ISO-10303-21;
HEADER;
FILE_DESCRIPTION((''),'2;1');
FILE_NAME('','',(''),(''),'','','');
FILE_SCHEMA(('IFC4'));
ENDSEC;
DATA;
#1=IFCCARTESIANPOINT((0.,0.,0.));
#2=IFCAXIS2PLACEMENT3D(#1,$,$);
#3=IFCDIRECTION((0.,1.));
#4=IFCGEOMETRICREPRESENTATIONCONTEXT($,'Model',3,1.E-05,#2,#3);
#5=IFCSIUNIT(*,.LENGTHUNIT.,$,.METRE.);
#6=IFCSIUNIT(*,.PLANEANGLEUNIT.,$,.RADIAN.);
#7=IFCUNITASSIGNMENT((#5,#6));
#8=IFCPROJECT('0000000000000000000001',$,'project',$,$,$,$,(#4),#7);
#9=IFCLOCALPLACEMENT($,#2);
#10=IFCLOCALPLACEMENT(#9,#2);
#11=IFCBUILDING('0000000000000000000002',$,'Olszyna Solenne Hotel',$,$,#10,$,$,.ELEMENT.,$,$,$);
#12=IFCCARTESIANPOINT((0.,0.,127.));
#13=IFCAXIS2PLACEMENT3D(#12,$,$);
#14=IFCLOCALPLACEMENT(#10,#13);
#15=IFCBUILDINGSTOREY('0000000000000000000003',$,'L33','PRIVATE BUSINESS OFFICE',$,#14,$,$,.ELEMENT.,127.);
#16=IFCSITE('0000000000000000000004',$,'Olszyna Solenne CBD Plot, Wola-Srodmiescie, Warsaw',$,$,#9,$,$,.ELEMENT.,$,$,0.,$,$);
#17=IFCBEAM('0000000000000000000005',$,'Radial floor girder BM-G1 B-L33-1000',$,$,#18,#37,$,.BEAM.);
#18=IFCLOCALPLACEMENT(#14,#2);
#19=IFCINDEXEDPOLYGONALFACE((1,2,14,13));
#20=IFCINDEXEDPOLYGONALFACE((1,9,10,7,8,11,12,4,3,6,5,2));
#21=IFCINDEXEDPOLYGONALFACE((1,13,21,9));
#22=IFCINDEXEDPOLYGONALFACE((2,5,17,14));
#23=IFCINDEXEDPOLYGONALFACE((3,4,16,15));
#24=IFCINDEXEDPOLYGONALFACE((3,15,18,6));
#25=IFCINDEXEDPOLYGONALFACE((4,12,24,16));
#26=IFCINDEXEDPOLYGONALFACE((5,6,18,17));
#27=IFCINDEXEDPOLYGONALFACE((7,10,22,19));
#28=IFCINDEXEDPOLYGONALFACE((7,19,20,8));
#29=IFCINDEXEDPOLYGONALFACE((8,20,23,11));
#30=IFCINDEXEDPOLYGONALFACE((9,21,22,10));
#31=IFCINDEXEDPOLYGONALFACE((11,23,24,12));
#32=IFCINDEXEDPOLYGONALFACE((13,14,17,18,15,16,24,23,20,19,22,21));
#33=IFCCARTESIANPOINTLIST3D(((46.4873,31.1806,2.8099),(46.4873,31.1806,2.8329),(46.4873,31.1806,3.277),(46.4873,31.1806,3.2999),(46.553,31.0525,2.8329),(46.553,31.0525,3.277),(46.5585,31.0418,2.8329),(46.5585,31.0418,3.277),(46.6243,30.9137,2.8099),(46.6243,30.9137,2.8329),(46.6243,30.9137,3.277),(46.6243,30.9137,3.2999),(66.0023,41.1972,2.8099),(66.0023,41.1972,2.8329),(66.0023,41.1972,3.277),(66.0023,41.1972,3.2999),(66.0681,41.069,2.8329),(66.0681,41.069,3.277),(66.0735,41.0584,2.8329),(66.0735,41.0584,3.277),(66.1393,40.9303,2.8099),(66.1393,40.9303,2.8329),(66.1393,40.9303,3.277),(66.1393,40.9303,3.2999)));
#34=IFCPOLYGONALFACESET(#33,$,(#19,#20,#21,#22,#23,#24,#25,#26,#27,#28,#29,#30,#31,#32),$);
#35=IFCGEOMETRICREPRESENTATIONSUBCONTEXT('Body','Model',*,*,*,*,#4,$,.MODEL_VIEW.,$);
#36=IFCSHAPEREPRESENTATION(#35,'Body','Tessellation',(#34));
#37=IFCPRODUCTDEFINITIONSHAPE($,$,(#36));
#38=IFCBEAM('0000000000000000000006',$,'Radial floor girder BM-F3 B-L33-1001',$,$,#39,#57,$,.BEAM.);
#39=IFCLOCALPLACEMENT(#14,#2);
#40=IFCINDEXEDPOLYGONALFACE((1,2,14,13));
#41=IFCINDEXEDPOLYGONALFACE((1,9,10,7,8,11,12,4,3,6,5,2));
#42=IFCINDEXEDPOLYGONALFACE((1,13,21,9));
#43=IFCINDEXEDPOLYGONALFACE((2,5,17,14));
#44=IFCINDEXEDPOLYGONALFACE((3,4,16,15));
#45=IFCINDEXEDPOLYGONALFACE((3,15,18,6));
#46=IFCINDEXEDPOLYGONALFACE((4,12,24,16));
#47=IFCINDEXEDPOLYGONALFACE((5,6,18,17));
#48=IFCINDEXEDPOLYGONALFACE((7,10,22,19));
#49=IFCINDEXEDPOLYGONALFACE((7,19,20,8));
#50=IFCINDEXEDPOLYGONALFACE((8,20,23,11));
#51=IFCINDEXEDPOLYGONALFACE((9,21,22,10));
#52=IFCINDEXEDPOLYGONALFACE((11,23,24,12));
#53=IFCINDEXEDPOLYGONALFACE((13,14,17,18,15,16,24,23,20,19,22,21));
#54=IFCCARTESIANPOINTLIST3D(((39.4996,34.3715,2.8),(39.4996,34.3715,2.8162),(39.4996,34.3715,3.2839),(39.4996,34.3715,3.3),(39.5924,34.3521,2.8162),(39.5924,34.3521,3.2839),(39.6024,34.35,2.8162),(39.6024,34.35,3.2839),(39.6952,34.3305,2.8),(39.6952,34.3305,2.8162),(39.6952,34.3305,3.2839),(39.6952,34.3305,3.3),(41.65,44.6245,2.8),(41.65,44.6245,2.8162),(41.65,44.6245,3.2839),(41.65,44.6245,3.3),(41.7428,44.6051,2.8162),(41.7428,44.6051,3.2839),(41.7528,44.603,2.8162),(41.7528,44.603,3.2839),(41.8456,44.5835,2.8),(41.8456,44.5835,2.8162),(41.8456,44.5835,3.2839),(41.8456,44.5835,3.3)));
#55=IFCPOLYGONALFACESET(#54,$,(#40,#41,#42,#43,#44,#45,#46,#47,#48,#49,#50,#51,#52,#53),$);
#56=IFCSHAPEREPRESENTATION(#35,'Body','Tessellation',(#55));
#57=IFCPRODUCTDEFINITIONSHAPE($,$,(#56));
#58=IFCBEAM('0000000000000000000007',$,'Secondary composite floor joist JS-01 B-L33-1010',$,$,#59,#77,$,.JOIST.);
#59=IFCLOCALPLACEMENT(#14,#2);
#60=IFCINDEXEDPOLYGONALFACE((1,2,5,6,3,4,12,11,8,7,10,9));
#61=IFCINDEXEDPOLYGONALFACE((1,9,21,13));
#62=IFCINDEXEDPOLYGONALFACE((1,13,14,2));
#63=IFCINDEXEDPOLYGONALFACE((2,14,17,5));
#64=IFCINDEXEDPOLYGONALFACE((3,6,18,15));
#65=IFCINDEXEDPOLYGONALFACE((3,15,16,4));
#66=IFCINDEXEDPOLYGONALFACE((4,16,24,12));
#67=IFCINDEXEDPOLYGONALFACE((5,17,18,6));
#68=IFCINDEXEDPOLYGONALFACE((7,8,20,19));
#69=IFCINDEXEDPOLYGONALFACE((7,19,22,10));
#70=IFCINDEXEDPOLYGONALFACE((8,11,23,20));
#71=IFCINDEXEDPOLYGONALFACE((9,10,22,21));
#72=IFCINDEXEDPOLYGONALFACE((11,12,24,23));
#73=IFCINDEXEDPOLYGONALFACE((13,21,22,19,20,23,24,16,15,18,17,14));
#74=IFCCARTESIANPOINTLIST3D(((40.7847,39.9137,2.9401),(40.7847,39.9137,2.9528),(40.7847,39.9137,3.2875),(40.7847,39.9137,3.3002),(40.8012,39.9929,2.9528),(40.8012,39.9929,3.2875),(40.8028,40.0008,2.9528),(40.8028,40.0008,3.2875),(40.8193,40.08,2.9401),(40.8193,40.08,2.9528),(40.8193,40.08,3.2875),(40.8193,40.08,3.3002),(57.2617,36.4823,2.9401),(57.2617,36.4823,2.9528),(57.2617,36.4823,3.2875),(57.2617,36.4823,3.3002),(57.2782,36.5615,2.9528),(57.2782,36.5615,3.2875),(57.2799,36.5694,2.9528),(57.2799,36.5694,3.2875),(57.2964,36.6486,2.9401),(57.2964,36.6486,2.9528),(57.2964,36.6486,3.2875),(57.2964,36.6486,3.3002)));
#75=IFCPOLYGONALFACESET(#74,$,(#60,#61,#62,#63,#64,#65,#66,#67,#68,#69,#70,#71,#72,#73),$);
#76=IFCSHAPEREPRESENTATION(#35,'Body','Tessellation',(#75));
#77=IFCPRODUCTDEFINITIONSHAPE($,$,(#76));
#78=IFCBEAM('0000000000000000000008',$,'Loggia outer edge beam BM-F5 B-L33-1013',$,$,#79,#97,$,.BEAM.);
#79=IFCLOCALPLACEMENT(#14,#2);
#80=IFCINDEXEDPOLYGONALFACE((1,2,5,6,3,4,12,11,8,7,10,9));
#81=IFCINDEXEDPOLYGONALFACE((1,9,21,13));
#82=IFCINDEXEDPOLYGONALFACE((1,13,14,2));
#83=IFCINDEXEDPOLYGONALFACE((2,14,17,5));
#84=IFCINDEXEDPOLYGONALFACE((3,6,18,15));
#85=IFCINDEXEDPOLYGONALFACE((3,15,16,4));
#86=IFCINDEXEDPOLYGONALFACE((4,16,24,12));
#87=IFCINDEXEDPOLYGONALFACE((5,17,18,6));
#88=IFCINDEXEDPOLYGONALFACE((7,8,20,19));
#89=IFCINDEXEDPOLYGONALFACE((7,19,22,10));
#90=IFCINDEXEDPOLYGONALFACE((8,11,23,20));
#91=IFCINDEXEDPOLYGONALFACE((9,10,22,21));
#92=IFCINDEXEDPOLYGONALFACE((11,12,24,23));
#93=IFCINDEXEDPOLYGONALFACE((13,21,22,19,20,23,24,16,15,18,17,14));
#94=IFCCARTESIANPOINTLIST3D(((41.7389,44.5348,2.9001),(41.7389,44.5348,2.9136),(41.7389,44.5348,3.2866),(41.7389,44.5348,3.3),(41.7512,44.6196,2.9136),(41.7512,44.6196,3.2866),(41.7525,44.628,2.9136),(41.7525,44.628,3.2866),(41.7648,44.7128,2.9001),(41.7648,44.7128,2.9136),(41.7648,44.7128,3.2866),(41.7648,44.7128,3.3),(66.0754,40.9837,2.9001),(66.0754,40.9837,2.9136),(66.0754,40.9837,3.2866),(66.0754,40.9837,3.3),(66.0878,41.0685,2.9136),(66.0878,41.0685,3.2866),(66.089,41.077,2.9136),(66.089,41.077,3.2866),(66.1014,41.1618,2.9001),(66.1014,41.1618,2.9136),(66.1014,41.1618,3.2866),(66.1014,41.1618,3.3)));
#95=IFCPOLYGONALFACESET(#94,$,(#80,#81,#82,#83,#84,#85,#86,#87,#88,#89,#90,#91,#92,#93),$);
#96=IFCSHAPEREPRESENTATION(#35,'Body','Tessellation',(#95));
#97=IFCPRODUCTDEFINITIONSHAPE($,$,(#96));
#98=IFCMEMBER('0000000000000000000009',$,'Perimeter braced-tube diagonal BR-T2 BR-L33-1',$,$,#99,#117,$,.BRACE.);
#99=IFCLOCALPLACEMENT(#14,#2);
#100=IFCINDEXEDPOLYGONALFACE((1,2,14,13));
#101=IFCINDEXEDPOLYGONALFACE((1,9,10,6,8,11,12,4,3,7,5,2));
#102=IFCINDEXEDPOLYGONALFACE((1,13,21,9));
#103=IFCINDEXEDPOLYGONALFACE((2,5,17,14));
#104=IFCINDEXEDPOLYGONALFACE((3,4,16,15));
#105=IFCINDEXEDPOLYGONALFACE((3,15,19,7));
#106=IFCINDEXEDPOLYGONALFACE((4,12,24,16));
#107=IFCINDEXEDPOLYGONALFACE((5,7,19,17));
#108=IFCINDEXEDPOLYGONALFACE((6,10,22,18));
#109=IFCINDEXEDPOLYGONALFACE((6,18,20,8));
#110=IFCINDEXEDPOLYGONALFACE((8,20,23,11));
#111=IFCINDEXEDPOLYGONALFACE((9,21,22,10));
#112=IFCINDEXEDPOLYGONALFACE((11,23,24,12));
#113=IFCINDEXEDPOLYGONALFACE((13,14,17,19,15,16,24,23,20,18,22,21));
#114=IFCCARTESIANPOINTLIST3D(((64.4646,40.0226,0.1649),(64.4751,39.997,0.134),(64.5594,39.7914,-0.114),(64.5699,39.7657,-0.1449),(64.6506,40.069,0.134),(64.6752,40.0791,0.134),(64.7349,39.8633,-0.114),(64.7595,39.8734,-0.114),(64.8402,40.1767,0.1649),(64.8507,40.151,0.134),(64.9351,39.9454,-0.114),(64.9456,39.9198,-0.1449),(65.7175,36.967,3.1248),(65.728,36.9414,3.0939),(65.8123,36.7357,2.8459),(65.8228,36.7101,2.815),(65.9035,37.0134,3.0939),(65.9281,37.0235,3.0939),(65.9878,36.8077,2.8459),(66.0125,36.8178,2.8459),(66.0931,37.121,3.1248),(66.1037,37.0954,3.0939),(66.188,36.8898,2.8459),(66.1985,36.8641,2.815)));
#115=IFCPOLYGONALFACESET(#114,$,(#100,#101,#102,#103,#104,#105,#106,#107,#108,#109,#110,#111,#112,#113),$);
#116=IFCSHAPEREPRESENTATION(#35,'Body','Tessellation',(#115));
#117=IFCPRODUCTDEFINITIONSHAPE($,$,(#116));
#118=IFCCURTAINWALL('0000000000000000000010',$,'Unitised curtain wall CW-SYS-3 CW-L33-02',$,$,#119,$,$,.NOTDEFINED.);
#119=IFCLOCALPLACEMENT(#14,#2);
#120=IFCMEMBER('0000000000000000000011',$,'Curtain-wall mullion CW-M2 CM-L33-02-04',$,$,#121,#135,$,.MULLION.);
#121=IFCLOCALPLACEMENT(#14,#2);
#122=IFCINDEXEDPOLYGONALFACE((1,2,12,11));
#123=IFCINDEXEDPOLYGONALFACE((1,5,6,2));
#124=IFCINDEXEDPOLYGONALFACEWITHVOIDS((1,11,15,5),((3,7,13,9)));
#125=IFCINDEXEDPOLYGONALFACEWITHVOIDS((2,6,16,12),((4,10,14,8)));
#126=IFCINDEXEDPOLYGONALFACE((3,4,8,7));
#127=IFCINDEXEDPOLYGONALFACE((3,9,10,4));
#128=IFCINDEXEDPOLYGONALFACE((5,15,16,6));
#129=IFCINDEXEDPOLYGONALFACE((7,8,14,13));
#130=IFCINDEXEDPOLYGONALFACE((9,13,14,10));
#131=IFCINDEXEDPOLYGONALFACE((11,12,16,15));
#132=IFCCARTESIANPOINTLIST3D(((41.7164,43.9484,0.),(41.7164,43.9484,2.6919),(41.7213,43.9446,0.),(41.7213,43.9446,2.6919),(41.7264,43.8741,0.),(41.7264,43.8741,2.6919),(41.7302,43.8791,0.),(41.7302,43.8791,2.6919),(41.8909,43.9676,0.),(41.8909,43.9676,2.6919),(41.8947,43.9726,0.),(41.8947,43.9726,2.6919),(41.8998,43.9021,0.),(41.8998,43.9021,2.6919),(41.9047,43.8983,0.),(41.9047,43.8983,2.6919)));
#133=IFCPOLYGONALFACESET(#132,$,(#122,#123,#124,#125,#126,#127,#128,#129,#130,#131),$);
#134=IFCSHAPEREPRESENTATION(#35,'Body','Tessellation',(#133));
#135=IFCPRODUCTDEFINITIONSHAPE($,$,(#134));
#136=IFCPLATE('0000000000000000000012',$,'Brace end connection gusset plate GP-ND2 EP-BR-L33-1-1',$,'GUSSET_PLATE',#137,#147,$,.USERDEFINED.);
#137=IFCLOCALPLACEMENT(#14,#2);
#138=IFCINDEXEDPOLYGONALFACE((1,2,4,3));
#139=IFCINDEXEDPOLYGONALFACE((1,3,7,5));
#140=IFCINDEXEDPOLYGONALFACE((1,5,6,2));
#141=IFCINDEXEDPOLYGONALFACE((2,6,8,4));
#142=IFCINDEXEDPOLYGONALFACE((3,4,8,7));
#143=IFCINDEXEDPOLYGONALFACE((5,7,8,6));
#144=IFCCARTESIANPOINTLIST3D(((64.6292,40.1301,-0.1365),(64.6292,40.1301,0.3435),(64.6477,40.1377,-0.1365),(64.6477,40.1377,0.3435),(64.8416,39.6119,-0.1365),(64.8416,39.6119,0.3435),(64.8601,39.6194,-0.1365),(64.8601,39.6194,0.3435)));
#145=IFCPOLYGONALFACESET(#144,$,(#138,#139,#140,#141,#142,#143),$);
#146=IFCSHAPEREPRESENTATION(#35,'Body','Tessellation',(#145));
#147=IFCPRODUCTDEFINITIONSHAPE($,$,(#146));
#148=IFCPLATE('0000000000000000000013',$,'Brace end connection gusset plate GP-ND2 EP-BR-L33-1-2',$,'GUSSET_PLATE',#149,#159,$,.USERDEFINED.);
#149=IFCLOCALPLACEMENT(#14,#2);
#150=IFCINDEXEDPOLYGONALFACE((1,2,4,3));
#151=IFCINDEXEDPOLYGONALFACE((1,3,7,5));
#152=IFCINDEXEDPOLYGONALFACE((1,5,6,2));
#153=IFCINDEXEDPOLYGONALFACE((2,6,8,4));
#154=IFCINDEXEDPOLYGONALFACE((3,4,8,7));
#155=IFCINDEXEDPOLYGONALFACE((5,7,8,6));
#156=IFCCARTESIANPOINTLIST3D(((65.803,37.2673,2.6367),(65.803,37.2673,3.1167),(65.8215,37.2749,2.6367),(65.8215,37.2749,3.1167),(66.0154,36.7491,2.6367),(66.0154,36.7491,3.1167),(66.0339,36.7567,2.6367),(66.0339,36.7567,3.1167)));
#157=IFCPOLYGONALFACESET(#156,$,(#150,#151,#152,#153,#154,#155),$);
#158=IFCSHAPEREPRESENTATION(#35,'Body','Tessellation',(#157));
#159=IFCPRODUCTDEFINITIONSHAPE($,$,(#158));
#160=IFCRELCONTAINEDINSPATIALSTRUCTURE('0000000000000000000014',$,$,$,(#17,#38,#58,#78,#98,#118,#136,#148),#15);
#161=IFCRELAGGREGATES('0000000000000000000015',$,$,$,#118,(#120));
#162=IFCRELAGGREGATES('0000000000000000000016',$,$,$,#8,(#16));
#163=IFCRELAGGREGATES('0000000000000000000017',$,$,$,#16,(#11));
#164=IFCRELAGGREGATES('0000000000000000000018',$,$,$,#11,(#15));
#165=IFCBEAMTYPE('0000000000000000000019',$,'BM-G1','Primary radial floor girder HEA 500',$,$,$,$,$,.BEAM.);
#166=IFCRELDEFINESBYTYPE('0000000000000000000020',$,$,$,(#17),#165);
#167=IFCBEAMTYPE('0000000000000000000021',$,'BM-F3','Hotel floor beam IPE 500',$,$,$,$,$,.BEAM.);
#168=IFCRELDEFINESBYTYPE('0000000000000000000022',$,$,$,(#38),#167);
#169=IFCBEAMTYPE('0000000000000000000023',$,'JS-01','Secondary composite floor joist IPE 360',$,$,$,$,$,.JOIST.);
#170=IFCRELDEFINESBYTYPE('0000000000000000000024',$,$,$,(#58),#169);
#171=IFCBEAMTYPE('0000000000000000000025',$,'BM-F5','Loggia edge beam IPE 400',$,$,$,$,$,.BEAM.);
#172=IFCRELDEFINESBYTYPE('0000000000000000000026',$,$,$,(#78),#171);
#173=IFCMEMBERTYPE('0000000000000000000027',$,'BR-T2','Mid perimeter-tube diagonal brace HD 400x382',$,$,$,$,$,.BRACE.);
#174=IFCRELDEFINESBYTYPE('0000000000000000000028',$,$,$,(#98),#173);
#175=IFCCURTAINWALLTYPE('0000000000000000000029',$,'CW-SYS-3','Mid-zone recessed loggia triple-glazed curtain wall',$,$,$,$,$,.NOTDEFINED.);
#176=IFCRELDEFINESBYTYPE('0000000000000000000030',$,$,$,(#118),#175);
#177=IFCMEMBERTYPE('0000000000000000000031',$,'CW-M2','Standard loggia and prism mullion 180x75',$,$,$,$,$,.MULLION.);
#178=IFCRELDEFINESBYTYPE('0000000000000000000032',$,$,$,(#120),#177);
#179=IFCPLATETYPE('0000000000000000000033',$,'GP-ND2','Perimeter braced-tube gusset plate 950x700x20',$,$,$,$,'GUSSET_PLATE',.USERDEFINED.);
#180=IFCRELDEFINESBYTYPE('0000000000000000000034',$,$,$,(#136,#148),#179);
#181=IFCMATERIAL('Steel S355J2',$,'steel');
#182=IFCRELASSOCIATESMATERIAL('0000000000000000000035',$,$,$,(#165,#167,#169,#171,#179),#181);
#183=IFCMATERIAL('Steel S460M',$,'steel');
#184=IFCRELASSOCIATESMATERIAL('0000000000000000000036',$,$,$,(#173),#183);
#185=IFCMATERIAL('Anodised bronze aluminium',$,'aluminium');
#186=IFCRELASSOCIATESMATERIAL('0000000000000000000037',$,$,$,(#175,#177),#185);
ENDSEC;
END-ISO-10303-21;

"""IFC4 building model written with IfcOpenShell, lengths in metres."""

from ifc_helpers import new_model, si_unit, direction, frame, origin, origin_2d, place, context, subcontext, project, spatial, rectangle, hollow_rectangle, i_section, extrude, source, transform, mapped, material, material_profile, profile_set, type_object, element, aggregate, save


model = new_model("IFC4")

# Units and contexts
model_context = context("Model", 3, precision=1e-05, world=origin(), true_north=direction((0.0, 1.0)))
body_context = subcontext(model_context, "Body", "Model", "MODEL_VIEW")
ifc_project = project(units=[si_unit("LENGTHUNIT", "METRE"), si_unit("PLANEANGLEUNIT", "RADIAN")], contexts=[model_context])

# Site, building, storey
site_placement = place(None, origin())
site = spatial("IfcSite", under=ifc_project, at=site_placement, Name="Olszyna Solenne CBD Plot, Wola-Srodmiescie, Warsaw", CompositionType="ELEMENT", RefElevation=0.0)
building_placement = place(site_placement, origin())
building = spatial("IfcBuilding", under=site, at=building_placement, Name="Olszyna Solenne Hotel", CompositionType="ELEMENT")
storey_placement = place(building_placement, frame((0.0, 0.0, 127.0)))
storey = spatial("IfcBuildingStorey", under=building, at=storey_placement, Name="L33", Description="PRIVATE BUSINESS OFFICE", CompositionType="ELEMENT", Elevation=127.0)

# Shared definitions
ifc_material_1 = material(Name="Steel S460M", Category="steel")

# Beams
ifc_material_2 = material(Name="Steel S355J2", Category="steel")
ifc_material_profile_1 = material_profile(ifc_material_2, i_section(OverallWidth=0.3, OverallDepth=0.49, WebThickness=0.012, FlangeThickness=0.0229, at=origin_2d()), Name="HEA 500", Category="load-bearing")
ifc_profile_set_1 = profile_set([ifc_material_profile_1], Name="Steel S355J2")
beam_type_1 = type_object("IfcBeamType", Name="BM-G1", Description="Primary radial floor girder HEA 500", PredefinedType="BEAM", material=ifc_profile_set_1)
shared_shape_1 = source(origin(), body_context, "Body", "SweptSolid", [
    extrude(i_section(OverallWidth=0.3, OverallDepth=0.49, WebThickness=0.012, FlangeThickness=0.0229, at=origin_2d()), origin(), (0.0, 0.0, 1.0), 21.9355),
])
beam_1_placement = place(storey_placement, frame((66.0708, 41.0637, 3.0549), z_axis=(-0.889654, -0.456636, 0.0), x_axis=(0.456636, -0.889654, 0.0)))
element("IfcBeam", 1, at=beam_1_placement, inside=storey, type_object=beam_type_1, Name="Radial floor girder BM-G1 B-L33-1000", PredefinedType="BEAM", context=body_context, shape_type="MappedRepresentation", body=[
    mapped(shared_shape_1, transform((0.0, 0.0, 0.0), x_axis=(1.0, 0.0, 0.0), y_axis=(0.0, 1.0, 0.0), z_axis=(0.0, 0.0, 1.0), scale=1.0)),
])
ifc_material_profile_2 = material_profile(ifc_material_2, i_section(OverallWidth=0.2, OverallDepth=0.5, WebThickness=0.0103, FlangeThickness=0.0161, at=origin_2d()), Name="IPE 500", Category="load-bearing")
ifc_profile_set_2 = profile_set([ifc_material_profile_2], Name="Steel S355J2")
beam_type_2 = type_object("IfcBeamType", Name="BM-F3", Description="Hotel floor beam IPE 500", PredefinedType="BEAM", material=ifc_profile_set_2)
shared_shape_2 = source(origin(), body_context, "Body", "SweptSolid", [
    extrude(i_section(OverallWidth=0.2, OverallDepth=0.5, WebThickness=0.0103, FlangeThickness=0.0161, at=origin_2d()), origin(), (0.0, 0.0, 1.0), 10.4761),
])
beam_2_placement = place(storey_placement, frame((41.7478, 44.604, 3.05), z_axis=(-0.205268, -0.978706, 0.0), x_axis=(0.978706, -0.205268, 0.0)))
element("IfcBeam", 2, at=beam_2_placement, inside=storey, type_object=beam_type_2, Name="Radial floor girder BM-F3 B-L33-1001", PredefinedType="BEAM", context=body_context, shape_type="MappedRepresentation", body=[
    mapped(shared_shape_2, transform((0.0, 0.0, 0.0), x_axis=(1.0, 0.0, 0.0), y_axis=(0.0, 1.0, 0.0), z_axis=(0.0, 0.0, 1.0), scale=1.0)),
])
ifc_material_profile_3 = material_profile(ifc_material_2, i_section(OverallWidth=0.1699, OverallDepth=0.3601, WebThickness=0.0081, FlangeThickness=0.0127, at=origin_2d()), Name="IPE 360", Category="load-bearing")
ifc_profile_set_3 = profile_set([ifc_material_profile_3], Name="Steel S355J2")
beam_type_3 = type_object("IfcBeamType", Name="JS-01", Description="Secondary composite floor joist IPE 360", PredefinedType="JOIST", material=ifc_profile_set_3)
shared_shape_3 = source(origin(), body_context, "Body", "SweptSolid", [
    extrude(i_section(OverallWidth=0.1699, OverallDepth=0.3601, WebThickness=0.0081, FlangeThickness=0.0127, at=origin_2d()), origin(), (0.0, 0.0, 1.0), 16.8306),
])
beam_3_placement = place(storey_placement, frame((57.2791, 36.5654, 3.1201), z_axis=(-0.978996, 0.203879, 0.0), x_axis=(-0.203879, -0.978996, 0.0)))
element("IfcBeam", 3, at=beam_3_placement, inside=storey, type_object=beam_type_3, Name="Secondary composite floor joist JS-01 B-L33-1010", PredefinedType="JOIST", context=body_context, shape_type="MappedRepresentation", body=[
    mapped(shared_shape_3, transform((0.0, 0.0, 0.0), x_axis=(1.0, 0.0, 0.0), y_axis=(0.0, 1.0, 0.0), z_axis=(0.0, 0.0, 1.0), scale=1.0)),
])
ifc_material_profile_4 = material_profile(ifc_material_2, i_section(OverallWidth=0.1799, OverallDepth=0.3999, WebThickness=0.0085, FlangeThickness=0.0134, at=origin_2d()), Name="IPE 400", Category="load-bearing")
ifc_profile_set_4 = profile_set([ifc_material_profile_4], Name="Steel S355J2")
beam_type_4 = type_object("IfcBeamType", Name="BM-F5", Description="Loggia edge beam IPE 400", PredefinedType="BEAM", material=ifc_profile_set_4)
shared_shape_4 = source(origin(), body_context, "Body", "SweptSolid", [
    extrude(i_section(OverallWidth=0.1799, OverallDepth=0.3999, WebThickness=0.0085, FlangeThickness=0.0134, at=origin_2d()), origin(), (0.0, 0.0, 1.0), 24.5942),
])
beam_4_placement = place(storey_placement, frame((66.0884, 41.0728, 3.1001), z_axis=(-0.989522, 0.144385, 0.0), x_axis=(-0.144385, -0.989522, 0.0)))
element("IfcBeam", 4, at=beam_4_placement, inside=storey, type_object=beam_type_4, Name="Loggia outer edge beam BM-F5 B-L33-1013", PredefinedType="BEAM", context=body_context, shape_type="MappedRepresentation", body=[
    mapped(shared_shape_4, transform((0.0, 0.0, 0.0), x_axis=(1.0, 0.0, 0.0), y_axis=(0.0, 1.0, 0.0), z_axis=(0.0, 0.0, 1.0), scale=1.0)),
])

# Member
ifc_material_profile_5 = material_profile(ifc_material_1, i_section(OverallWidth=0.406, OverallDepth=0.416, WebThickness=0.0266, FlangeThickness=0.0415, at=origin_2d()), Name="HD 400x382", Category="load-bearing")
ifc_profile_set_5 = profile_set([ifc_material_profile_5], Name="Steel S460M")
member_type_1 = type_object("IfcMemberType", Name="BR-T2", Description="Mid perimeter-tube diagonal brace HD 400x382", PredefinedType="BRACE", material=ifc_profile_set_5)
shared_shape_5 = source(origin(), body_context, "Body", "SweptSolid", [
    extrude(i_section(OverallWidth=0.406, OverallDepth=0.416, WebThickness=0.0266, FlangeThickness=0.0415, at=origin_2d()), origin(), (0.0, 0.0, 1.0), 4.4348),
])
member_1_placement = place(storey_placement, frame((64.7051, 39.9712, 0.01), z_axis=(0.282516, -0.689005, 0.667425), x_axis=(0.92524, 0.379381, 0.0)))
element("IfcMember", 5, at=member_1_placement, inside=storey, type_object=member_type_1, Name="Perimeter braced-tube diagonal BR-T2 BR-L33-1", PredefinedType="BRACE", context=body_context, shape_type="MappedRepresentation", body=[
    mapped(shared_shape_5, transform((0.0, 0.0, 0.0), x_axis=(1.0, 0.0, 0.0), y_axis=(0.0, 1.0, 0.0), z_axis=(0.0, 0.0, 1.0), scale=1.0)),
])

# Curtain wall, member
ifc_material_3 = material(Name="Anodised bronze aluminium", Category="aluminium")
curtain_wall_type = type_object("IfcCurtainWallType", Name="CW-SYS-3", Description="Mid-zone recessed loggia triple-glazed curtain wall", PredefinedType="NOTDEFINED", material=ifc_material_3)
curtain_wall_placement = place(storey_placement, origin())
curtain_wall = element("IfcCurtainWall", 6, at=curtain_wall_placement, inside=storey, type_object=curtain_wall_type, Name="Unitised curtain wall CW-SYS-3 CW-L33-02", PredefinedType="NOTDEFINED")
ifc_material_profile_6 = material_profile(ifc_material_3, hollow_rectangle(XDim=0.075, YDim=0.1799, WallThickness=0.0044, at=origin_2d()), Name="MULL 180x75x4.5", Category="load-bearing")
ifc_profile_set_6 = profile_set([ifc_material_profile_6], Name="Anodised bronze aluminium")
member_type_2 = type_object("IfcMemberType", Name="CW-M2", Description="Standard loggia and prism mullion 180x75", PredefinedType="MULLION", material=ifc_profile_set_6)
shared_shape_6 = source(origin(), body_context, "Body", "SweptSolid", [
    extrude(hollow_rectangle(XDim=0.075, YDim=0.1799, WallThickness=0.0044, at=origin_2d()), origin(), (0.0, 0.0, 1.0), 2.6919),
])
member_2_placement = place(storey_placement, frame((41.8105, 43.9233, 0.0), z_axis=(0.0, 0.0, 1.0), x_axis=(-0.134485, 0.990916, 0.0)))
member_2 = element("IfcMember", 7, at=member_2_placement, type_object=member_type_2, Name="Curtain-wall mullion CW-M2 CM-L33-02-04", PredefinedType="MULLION", context=body_context, shape_type="MappedRepresentation", body=[
    mapped(shared_shape_6, transform((0.0, 0.0, 0.0), x_axis=(1.0, 0.0, 0.0), y_axis=(0.0, 1.0, 0.0), z_axis=(0.0, 0.0, 1.0), scale=1.0)),
])
aggregate(curtain_wall, [member_2])

# Plates
plate_type = type_object("IfcPlateType", Name="GP-ND2", Description="Perimeter braced-tube gusset plate 950x700x20", ElementType="GUSSET_PLATE", PredefinedType="USERDEFINED", material=ifc_material_2)
shared_shape_7 = source(origin(), body_context, "Body", "SweptSolid", [
    extrude(rectangle(XDim=0.5601, YDim=0.02, at=origin_2d()), origin(), (0.0, 0.0, 1.0), 0.48),
])
for number, where, z_axis, x_axis, name in (
    (8, (64.7446, 39.8748, -0.1365), (0.0, 0.0, 1.0), (0.379295, -0.925276, 0.0), "Brace end connection gusset plate GP-ND2 EP-BR-L33-1-1"),
    (9, (65.9185, 37.012, 2.6367), (0.0, 0.0, 1.0), (0.379295, -0.925276, 0.0), "Brace end connection gusset plate GP-ND2 EP-BR-L33-1-2"),
):
    element("IfcPlate", number, at=place(storey_placement, frame(where, z_axis=z_axis, x_axis=x_axis)), inside=storey, type_object=plate_type, Name=name, ObjectType="GUSSET_PLATE", PredefinedType="USERDEFINED", context=body_context, shape_type="MappedRepresentation", body=[
        mapped(shared_shape_7, transform((0.0, 0.0, 0.0), x_axis=(1.0, 0.0, 0.0), y_axis=(0.0, 1.0, 0.0), z_axis=(0.0, 0.0, 1.0), scale=1.0)),
    ])

save(model, "model.ifc")
